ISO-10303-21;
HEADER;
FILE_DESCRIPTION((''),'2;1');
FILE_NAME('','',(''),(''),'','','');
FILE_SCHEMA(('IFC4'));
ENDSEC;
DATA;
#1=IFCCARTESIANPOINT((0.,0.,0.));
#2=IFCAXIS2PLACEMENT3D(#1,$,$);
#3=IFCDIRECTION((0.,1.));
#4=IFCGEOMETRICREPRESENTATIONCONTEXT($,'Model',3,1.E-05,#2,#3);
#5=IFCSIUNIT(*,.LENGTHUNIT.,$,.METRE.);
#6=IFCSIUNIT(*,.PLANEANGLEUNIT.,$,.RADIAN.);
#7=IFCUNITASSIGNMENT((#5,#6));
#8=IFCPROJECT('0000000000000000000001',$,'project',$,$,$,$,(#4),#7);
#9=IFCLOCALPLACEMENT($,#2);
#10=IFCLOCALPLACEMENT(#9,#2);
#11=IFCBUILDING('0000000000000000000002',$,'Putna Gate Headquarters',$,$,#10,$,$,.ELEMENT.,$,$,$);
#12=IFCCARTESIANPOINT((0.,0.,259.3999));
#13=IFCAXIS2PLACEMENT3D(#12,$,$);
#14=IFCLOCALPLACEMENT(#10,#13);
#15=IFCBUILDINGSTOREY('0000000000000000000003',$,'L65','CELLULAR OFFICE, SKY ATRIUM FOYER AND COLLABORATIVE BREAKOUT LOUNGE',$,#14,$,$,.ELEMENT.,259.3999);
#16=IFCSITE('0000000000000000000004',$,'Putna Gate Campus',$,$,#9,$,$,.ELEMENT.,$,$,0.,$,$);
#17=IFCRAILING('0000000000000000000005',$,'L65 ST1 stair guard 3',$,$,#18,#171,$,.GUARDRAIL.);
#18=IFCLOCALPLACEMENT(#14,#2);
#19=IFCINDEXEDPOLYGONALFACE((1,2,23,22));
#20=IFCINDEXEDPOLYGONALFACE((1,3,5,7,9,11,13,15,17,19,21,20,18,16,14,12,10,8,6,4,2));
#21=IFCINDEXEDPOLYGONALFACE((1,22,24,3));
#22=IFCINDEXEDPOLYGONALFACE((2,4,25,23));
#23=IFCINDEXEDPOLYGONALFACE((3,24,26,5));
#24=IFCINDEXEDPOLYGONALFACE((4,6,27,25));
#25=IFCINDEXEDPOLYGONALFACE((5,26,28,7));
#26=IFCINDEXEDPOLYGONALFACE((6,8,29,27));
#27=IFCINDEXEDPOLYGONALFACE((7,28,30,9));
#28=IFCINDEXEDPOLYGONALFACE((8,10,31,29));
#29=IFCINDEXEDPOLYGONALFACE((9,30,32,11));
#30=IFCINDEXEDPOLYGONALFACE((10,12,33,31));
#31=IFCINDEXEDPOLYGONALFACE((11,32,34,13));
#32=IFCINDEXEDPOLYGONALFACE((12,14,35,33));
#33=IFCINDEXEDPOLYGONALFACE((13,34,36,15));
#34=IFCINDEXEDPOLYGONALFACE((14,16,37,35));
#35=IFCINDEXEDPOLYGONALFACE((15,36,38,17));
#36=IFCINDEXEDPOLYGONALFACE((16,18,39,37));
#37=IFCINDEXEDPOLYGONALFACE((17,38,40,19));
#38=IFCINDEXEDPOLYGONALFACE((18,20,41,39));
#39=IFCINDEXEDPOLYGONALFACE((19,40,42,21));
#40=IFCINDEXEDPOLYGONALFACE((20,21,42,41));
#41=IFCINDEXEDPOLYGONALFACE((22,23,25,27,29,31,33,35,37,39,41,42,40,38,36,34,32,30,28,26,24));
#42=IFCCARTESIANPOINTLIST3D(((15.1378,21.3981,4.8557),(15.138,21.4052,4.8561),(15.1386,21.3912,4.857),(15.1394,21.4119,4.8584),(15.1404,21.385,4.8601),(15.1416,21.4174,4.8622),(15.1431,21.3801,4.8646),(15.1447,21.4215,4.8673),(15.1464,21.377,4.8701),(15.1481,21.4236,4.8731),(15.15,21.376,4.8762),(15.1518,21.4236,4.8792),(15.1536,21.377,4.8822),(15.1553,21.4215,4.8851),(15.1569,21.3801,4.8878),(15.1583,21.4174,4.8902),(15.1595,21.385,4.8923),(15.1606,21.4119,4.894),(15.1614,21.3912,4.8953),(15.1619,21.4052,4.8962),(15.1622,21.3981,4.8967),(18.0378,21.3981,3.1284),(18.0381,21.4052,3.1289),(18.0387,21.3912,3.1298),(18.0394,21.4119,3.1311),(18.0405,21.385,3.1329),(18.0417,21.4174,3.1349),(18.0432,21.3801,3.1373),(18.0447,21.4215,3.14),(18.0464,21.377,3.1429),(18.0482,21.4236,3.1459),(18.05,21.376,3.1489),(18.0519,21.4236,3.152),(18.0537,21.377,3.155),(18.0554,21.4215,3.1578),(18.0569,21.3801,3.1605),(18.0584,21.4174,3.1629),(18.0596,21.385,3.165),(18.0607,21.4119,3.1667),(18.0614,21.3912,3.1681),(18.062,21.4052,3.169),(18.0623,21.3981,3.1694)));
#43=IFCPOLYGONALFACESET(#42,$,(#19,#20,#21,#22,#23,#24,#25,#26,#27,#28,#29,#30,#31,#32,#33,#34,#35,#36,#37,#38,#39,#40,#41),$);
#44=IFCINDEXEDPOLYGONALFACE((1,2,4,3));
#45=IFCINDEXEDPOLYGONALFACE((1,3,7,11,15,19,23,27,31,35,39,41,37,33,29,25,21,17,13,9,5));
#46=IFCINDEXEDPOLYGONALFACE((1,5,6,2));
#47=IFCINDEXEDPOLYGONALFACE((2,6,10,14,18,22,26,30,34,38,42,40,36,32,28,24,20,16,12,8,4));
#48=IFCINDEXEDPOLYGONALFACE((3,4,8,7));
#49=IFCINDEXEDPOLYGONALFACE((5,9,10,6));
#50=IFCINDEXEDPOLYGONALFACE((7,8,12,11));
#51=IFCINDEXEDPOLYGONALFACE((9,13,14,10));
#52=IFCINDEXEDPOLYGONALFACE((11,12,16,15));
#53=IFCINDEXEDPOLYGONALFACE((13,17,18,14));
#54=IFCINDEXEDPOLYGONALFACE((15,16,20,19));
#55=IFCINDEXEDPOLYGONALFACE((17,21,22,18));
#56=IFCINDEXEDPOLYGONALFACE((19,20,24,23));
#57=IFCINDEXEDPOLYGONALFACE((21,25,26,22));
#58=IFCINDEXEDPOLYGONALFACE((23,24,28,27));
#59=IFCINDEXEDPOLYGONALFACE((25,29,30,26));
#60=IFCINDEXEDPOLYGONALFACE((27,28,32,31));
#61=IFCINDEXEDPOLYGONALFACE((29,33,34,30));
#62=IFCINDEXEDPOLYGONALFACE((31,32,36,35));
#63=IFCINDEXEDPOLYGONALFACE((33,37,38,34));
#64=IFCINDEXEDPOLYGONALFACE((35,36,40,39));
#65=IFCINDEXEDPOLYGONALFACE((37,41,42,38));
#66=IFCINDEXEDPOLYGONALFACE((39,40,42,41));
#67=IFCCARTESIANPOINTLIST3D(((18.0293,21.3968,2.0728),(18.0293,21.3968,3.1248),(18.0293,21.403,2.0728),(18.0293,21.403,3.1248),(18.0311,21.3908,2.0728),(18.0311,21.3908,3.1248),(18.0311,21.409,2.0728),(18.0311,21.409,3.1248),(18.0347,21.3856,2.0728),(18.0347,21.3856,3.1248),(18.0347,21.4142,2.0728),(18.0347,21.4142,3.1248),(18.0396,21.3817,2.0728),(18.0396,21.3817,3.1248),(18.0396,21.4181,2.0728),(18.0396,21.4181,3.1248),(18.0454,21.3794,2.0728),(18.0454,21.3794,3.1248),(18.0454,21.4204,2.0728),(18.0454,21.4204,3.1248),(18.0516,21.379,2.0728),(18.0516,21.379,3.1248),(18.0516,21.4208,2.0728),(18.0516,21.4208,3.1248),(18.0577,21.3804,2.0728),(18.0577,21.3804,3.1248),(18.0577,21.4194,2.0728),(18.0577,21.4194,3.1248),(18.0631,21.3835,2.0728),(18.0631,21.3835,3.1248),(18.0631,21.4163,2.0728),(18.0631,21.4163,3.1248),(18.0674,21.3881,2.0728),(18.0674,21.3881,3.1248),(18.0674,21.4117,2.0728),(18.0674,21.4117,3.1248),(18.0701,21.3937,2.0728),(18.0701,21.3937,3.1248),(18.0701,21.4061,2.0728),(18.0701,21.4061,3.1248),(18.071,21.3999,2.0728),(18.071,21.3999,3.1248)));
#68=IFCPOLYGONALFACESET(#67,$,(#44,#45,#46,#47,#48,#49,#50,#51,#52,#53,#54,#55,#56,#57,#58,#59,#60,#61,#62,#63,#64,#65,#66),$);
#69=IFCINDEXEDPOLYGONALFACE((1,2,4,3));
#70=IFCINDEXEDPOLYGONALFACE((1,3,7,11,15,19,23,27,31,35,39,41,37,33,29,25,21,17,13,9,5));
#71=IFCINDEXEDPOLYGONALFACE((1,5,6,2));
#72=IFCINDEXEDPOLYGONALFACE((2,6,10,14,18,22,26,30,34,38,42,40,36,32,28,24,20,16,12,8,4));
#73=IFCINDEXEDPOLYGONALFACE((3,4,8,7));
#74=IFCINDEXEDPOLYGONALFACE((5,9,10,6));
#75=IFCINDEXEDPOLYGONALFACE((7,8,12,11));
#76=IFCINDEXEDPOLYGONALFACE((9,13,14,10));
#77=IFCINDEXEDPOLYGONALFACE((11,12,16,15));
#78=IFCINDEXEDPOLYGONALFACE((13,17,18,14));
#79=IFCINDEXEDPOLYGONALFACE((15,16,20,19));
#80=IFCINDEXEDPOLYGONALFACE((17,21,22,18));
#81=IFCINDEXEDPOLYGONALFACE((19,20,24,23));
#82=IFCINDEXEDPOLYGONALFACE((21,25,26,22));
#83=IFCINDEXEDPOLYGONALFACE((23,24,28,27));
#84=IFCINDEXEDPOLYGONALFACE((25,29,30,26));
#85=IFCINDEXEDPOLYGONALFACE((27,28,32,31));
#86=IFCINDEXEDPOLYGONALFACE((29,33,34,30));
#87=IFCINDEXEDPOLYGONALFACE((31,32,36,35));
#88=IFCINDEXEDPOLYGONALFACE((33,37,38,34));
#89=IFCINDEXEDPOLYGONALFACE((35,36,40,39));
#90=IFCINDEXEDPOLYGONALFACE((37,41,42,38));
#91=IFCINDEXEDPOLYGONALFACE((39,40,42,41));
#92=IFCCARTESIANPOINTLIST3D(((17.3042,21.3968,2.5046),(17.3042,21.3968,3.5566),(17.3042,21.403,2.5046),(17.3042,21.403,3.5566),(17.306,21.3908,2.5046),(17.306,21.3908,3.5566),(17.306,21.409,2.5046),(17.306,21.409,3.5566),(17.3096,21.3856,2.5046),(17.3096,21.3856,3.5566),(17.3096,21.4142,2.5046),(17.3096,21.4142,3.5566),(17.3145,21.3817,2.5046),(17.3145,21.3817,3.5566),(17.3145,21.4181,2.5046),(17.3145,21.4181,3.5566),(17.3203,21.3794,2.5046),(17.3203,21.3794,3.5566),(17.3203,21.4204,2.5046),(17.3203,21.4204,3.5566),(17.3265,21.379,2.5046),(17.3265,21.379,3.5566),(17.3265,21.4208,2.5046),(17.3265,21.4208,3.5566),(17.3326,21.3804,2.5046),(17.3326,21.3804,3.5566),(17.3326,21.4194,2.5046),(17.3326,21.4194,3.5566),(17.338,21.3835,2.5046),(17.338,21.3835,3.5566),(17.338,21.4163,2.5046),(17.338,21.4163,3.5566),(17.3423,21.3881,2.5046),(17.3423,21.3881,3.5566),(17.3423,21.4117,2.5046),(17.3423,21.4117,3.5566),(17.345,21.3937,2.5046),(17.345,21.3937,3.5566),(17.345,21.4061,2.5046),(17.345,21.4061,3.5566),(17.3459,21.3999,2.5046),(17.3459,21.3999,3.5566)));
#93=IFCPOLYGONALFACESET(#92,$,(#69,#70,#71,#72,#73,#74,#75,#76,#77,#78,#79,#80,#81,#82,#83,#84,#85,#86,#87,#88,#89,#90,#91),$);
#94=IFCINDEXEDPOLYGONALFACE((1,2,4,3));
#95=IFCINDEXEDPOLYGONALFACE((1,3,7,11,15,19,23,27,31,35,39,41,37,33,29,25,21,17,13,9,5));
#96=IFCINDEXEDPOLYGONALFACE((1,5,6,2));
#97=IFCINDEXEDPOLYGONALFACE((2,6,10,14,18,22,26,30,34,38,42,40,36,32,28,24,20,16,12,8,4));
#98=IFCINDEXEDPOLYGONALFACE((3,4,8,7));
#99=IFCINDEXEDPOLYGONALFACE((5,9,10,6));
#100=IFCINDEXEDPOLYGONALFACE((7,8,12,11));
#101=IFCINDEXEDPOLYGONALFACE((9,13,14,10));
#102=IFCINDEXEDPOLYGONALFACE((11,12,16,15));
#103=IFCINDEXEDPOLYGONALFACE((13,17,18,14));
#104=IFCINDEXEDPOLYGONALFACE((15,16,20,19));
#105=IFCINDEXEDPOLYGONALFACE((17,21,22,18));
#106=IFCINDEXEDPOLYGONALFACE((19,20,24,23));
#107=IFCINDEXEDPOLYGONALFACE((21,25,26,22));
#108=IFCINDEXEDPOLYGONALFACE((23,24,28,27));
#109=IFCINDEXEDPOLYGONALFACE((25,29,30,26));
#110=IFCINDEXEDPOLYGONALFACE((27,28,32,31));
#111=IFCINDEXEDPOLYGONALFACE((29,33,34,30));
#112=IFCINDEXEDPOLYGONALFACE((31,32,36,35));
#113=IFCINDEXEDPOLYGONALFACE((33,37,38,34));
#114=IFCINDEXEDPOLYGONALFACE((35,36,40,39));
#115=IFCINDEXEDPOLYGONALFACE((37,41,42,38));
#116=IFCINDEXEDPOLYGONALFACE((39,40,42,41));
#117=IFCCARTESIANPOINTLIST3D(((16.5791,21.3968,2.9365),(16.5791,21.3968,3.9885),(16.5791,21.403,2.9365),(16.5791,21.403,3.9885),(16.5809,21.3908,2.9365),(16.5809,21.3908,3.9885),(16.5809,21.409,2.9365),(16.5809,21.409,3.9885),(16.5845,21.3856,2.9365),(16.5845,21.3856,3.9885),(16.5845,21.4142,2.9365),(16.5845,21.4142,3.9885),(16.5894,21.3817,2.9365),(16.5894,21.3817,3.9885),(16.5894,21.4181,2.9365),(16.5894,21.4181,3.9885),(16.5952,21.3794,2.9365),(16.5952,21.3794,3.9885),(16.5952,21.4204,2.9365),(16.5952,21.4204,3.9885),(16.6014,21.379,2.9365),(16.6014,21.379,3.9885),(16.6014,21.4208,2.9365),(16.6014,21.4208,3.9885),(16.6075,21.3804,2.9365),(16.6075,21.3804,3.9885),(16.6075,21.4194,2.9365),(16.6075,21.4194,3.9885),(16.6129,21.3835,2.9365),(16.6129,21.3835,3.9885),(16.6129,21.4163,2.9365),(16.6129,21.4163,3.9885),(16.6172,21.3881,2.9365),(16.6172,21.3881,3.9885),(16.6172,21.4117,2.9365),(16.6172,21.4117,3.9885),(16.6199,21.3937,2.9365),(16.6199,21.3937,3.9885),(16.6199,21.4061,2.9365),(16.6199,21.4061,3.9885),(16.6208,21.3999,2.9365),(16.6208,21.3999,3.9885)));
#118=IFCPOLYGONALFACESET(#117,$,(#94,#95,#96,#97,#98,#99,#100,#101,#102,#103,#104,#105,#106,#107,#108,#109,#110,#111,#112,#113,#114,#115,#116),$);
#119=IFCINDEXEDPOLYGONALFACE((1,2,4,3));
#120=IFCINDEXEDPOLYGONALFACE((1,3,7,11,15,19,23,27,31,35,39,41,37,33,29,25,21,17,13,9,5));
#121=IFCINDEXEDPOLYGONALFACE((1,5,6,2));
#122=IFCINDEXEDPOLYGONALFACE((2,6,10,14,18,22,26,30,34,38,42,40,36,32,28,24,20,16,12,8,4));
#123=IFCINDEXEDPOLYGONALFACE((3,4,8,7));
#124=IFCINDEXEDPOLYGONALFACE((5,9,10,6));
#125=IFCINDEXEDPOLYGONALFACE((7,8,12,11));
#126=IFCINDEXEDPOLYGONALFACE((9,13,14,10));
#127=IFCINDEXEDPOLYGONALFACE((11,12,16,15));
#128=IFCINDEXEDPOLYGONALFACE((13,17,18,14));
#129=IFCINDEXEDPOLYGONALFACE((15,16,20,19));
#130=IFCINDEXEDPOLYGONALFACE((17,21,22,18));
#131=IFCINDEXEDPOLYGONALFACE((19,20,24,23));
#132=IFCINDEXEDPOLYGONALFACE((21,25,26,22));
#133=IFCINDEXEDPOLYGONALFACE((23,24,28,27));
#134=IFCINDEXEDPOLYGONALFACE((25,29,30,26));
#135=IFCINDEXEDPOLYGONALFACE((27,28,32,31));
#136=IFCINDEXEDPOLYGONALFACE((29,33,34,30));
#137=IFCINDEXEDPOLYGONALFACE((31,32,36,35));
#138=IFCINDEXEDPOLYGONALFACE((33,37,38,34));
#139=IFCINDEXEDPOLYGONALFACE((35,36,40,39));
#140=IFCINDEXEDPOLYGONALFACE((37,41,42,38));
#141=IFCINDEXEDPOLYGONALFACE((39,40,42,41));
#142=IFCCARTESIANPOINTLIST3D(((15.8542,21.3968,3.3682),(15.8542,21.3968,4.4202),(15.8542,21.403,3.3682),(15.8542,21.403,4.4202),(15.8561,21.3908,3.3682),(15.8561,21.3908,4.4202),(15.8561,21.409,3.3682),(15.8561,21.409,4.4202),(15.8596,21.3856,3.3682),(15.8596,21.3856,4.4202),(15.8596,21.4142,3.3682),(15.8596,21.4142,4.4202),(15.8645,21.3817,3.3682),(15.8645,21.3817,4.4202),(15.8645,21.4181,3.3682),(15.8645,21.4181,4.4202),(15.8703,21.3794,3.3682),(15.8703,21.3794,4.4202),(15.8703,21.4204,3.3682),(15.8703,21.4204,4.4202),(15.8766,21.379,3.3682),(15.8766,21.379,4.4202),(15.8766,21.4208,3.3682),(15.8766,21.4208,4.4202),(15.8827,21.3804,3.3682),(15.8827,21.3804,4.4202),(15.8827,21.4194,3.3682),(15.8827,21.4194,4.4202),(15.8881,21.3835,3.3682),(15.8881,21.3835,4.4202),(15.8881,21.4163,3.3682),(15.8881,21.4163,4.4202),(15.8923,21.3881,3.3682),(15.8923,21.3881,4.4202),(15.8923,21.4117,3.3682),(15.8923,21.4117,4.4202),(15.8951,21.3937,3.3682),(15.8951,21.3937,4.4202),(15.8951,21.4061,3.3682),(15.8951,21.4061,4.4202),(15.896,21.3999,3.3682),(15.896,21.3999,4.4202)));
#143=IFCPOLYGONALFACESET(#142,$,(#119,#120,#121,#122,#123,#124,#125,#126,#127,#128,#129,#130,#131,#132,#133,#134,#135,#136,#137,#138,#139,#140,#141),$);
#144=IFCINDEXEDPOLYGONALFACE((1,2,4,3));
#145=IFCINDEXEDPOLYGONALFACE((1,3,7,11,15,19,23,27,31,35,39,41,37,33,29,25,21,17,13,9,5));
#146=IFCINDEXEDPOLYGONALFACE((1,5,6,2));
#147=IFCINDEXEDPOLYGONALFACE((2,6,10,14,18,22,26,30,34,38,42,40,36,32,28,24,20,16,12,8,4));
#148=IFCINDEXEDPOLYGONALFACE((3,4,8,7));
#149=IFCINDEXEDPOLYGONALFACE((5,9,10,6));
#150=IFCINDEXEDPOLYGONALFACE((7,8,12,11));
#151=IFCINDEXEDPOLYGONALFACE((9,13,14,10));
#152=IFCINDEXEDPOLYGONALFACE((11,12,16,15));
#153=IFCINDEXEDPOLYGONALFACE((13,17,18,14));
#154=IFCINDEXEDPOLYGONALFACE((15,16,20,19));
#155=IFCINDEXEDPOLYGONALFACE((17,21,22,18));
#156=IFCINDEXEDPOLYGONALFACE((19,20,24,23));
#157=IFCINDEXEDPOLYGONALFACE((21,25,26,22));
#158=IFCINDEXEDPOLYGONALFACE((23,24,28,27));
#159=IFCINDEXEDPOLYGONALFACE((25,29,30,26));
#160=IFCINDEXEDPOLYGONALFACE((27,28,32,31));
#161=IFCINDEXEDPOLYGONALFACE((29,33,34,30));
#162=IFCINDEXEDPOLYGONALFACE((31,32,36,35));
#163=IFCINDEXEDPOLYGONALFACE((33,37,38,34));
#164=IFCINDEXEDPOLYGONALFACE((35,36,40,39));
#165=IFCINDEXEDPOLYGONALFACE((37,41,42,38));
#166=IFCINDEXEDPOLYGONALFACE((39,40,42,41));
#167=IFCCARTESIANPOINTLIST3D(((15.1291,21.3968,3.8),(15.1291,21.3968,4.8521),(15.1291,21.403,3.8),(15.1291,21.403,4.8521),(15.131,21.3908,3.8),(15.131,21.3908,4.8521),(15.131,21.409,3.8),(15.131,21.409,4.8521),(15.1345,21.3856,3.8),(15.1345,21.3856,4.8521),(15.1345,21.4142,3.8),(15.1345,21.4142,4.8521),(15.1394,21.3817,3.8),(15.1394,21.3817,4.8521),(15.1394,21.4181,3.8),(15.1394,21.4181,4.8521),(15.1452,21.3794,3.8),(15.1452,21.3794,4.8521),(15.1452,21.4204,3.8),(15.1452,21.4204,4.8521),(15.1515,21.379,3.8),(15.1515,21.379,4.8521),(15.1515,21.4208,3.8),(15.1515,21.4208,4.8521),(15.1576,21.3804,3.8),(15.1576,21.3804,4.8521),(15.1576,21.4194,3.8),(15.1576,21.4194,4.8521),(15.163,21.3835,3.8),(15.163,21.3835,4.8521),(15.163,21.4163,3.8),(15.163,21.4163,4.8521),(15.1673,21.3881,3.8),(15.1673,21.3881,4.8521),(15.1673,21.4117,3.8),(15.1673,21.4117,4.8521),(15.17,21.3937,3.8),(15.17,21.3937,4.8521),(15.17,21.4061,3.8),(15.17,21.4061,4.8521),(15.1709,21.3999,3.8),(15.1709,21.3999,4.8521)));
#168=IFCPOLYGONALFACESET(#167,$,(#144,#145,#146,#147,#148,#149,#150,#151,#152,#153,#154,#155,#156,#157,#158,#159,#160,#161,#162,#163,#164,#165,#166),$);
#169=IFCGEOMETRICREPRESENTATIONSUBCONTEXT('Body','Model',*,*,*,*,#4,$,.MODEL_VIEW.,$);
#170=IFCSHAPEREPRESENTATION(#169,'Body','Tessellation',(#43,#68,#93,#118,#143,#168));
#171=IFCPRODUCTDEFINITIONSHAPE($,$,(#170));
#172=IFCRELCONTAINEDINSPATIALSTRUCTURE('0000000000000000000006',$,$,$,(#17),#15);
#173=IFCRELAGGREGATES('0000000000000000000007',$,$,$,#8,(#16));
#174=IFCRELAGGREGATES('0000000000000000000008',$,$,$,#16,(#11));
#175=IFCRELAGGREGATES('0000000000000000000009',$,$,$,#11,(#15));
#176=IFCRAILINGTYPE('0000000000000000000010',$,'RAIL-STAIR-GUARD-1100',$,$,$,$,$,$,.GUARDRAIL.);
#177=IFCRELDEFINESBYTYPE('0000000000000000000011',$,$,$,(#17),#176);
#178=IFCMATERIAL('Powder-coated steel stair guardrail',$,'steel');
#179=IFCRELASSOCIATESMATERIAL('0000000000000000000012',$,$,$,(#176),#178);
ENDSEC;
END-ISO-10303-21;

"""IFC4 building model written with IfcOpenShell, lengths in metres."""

from ifc_helpers import new_model, si_unit, direction, frame, origin, origin_2d, place, context, subcontext, project, spatial, circle, extrude, material, type_object, element, save


model = new_model("IFC4")

# Units and contexts
model_context = context("Model", 3, precision=1e-05, world=origin(), true_north=direction((0.0, 1.0)))
body_context = subcontext(model_context, "Body", "Model", "MODEL_VIEW")
ifc_project = project(units=[si_unit("LENGTHUNIT", "METRE"), si_unit("PLANEANGLEUNIT", "RADIAN")], contexts=[model_context])

# Site, building, storey
site_placement = place(None, origin())
site = spatial("IfcSite", under=ifc_project, at=site_placement, Name="Putna Gate Campus", CompositionType="ELEMENT", RefElevation=0.0)
building_placement = place(site_placement, origin())
building = spatial("IfcBuilding", under=site, at=building_placement, Name="Putna Gate Headquarters", CompositionType="ELEMENT")
storey_placement = place(building_placement, frame((0.0, 0.0, 259.3999)))
storey = spatial("IfcBuildingStorey", under=building, at=storey_placement, Name="L65", Description="CELLULAR OFFICE, SKY ATRIUM FOYER AND COLLABORATIVE BREAKOUT LOUNGE", CompositionType="ELEMENT", Elevation=259.3999)

# Railing
ifc_material_1 = material(Name="Powder-coated steel stair guardrail", Category="steel")
railing_type_1 = type_object("IfcRailingType", Name="RAIL-STAIR-GUARD-1100", PredefinedType="GUARDRAIL", material=ifc_material_1)
railing_1_placement = place(storey_placement, frame((18.05, 21.3999, 2.0728)))
element("IfcRailing", 1, at=railing_1_placement, inside=storey, type_object=railing_type_1, Name="L65 ST1 stair guard 3", PredefinedType="GUARDRAIL", context=body_context, shape_type="SweptSolid", body=[
    extrude(circle(Radius=0.0239, at=origin_2d()), frame((0.0, 0.0, 1.0762), z_axis=(-0.85916, 0.0, 0.511706), x_axis=(0.0, -1.0, 0.0)), (0.0, 0.0, 1.0), 3.3755),
    extrude(circle(Radius=0.021, at=origin_2d()), origin(), (0.0, 0.0, 1.0), 1.052),
    extrude(circle(Radius=0.021, at=origin_2d()), frame((-0.7251, 0.0, 0.4319)), (0.0, 0.0, 1.0), 1.052),
    extrude(circle(Radius=0.021, at=origin_2d()), frame((-1.4502, 0.0, 0.8638)), (0.0, 0.0, 1.0), 1.052),
    extrude(circle(Radius=0.021, at=origin_2d()), frame((-2.175, 0.0, 1.2954)), (0.0, 0.0, 1.0), 1.052),
    extrude(circle(Radius=0.021, at=origin_2d()), frame((-2.9001, 0.0, 1.7273)), (0.0, 0.0, 1.0), 1.052),
])

save(model, "model.ifc")
